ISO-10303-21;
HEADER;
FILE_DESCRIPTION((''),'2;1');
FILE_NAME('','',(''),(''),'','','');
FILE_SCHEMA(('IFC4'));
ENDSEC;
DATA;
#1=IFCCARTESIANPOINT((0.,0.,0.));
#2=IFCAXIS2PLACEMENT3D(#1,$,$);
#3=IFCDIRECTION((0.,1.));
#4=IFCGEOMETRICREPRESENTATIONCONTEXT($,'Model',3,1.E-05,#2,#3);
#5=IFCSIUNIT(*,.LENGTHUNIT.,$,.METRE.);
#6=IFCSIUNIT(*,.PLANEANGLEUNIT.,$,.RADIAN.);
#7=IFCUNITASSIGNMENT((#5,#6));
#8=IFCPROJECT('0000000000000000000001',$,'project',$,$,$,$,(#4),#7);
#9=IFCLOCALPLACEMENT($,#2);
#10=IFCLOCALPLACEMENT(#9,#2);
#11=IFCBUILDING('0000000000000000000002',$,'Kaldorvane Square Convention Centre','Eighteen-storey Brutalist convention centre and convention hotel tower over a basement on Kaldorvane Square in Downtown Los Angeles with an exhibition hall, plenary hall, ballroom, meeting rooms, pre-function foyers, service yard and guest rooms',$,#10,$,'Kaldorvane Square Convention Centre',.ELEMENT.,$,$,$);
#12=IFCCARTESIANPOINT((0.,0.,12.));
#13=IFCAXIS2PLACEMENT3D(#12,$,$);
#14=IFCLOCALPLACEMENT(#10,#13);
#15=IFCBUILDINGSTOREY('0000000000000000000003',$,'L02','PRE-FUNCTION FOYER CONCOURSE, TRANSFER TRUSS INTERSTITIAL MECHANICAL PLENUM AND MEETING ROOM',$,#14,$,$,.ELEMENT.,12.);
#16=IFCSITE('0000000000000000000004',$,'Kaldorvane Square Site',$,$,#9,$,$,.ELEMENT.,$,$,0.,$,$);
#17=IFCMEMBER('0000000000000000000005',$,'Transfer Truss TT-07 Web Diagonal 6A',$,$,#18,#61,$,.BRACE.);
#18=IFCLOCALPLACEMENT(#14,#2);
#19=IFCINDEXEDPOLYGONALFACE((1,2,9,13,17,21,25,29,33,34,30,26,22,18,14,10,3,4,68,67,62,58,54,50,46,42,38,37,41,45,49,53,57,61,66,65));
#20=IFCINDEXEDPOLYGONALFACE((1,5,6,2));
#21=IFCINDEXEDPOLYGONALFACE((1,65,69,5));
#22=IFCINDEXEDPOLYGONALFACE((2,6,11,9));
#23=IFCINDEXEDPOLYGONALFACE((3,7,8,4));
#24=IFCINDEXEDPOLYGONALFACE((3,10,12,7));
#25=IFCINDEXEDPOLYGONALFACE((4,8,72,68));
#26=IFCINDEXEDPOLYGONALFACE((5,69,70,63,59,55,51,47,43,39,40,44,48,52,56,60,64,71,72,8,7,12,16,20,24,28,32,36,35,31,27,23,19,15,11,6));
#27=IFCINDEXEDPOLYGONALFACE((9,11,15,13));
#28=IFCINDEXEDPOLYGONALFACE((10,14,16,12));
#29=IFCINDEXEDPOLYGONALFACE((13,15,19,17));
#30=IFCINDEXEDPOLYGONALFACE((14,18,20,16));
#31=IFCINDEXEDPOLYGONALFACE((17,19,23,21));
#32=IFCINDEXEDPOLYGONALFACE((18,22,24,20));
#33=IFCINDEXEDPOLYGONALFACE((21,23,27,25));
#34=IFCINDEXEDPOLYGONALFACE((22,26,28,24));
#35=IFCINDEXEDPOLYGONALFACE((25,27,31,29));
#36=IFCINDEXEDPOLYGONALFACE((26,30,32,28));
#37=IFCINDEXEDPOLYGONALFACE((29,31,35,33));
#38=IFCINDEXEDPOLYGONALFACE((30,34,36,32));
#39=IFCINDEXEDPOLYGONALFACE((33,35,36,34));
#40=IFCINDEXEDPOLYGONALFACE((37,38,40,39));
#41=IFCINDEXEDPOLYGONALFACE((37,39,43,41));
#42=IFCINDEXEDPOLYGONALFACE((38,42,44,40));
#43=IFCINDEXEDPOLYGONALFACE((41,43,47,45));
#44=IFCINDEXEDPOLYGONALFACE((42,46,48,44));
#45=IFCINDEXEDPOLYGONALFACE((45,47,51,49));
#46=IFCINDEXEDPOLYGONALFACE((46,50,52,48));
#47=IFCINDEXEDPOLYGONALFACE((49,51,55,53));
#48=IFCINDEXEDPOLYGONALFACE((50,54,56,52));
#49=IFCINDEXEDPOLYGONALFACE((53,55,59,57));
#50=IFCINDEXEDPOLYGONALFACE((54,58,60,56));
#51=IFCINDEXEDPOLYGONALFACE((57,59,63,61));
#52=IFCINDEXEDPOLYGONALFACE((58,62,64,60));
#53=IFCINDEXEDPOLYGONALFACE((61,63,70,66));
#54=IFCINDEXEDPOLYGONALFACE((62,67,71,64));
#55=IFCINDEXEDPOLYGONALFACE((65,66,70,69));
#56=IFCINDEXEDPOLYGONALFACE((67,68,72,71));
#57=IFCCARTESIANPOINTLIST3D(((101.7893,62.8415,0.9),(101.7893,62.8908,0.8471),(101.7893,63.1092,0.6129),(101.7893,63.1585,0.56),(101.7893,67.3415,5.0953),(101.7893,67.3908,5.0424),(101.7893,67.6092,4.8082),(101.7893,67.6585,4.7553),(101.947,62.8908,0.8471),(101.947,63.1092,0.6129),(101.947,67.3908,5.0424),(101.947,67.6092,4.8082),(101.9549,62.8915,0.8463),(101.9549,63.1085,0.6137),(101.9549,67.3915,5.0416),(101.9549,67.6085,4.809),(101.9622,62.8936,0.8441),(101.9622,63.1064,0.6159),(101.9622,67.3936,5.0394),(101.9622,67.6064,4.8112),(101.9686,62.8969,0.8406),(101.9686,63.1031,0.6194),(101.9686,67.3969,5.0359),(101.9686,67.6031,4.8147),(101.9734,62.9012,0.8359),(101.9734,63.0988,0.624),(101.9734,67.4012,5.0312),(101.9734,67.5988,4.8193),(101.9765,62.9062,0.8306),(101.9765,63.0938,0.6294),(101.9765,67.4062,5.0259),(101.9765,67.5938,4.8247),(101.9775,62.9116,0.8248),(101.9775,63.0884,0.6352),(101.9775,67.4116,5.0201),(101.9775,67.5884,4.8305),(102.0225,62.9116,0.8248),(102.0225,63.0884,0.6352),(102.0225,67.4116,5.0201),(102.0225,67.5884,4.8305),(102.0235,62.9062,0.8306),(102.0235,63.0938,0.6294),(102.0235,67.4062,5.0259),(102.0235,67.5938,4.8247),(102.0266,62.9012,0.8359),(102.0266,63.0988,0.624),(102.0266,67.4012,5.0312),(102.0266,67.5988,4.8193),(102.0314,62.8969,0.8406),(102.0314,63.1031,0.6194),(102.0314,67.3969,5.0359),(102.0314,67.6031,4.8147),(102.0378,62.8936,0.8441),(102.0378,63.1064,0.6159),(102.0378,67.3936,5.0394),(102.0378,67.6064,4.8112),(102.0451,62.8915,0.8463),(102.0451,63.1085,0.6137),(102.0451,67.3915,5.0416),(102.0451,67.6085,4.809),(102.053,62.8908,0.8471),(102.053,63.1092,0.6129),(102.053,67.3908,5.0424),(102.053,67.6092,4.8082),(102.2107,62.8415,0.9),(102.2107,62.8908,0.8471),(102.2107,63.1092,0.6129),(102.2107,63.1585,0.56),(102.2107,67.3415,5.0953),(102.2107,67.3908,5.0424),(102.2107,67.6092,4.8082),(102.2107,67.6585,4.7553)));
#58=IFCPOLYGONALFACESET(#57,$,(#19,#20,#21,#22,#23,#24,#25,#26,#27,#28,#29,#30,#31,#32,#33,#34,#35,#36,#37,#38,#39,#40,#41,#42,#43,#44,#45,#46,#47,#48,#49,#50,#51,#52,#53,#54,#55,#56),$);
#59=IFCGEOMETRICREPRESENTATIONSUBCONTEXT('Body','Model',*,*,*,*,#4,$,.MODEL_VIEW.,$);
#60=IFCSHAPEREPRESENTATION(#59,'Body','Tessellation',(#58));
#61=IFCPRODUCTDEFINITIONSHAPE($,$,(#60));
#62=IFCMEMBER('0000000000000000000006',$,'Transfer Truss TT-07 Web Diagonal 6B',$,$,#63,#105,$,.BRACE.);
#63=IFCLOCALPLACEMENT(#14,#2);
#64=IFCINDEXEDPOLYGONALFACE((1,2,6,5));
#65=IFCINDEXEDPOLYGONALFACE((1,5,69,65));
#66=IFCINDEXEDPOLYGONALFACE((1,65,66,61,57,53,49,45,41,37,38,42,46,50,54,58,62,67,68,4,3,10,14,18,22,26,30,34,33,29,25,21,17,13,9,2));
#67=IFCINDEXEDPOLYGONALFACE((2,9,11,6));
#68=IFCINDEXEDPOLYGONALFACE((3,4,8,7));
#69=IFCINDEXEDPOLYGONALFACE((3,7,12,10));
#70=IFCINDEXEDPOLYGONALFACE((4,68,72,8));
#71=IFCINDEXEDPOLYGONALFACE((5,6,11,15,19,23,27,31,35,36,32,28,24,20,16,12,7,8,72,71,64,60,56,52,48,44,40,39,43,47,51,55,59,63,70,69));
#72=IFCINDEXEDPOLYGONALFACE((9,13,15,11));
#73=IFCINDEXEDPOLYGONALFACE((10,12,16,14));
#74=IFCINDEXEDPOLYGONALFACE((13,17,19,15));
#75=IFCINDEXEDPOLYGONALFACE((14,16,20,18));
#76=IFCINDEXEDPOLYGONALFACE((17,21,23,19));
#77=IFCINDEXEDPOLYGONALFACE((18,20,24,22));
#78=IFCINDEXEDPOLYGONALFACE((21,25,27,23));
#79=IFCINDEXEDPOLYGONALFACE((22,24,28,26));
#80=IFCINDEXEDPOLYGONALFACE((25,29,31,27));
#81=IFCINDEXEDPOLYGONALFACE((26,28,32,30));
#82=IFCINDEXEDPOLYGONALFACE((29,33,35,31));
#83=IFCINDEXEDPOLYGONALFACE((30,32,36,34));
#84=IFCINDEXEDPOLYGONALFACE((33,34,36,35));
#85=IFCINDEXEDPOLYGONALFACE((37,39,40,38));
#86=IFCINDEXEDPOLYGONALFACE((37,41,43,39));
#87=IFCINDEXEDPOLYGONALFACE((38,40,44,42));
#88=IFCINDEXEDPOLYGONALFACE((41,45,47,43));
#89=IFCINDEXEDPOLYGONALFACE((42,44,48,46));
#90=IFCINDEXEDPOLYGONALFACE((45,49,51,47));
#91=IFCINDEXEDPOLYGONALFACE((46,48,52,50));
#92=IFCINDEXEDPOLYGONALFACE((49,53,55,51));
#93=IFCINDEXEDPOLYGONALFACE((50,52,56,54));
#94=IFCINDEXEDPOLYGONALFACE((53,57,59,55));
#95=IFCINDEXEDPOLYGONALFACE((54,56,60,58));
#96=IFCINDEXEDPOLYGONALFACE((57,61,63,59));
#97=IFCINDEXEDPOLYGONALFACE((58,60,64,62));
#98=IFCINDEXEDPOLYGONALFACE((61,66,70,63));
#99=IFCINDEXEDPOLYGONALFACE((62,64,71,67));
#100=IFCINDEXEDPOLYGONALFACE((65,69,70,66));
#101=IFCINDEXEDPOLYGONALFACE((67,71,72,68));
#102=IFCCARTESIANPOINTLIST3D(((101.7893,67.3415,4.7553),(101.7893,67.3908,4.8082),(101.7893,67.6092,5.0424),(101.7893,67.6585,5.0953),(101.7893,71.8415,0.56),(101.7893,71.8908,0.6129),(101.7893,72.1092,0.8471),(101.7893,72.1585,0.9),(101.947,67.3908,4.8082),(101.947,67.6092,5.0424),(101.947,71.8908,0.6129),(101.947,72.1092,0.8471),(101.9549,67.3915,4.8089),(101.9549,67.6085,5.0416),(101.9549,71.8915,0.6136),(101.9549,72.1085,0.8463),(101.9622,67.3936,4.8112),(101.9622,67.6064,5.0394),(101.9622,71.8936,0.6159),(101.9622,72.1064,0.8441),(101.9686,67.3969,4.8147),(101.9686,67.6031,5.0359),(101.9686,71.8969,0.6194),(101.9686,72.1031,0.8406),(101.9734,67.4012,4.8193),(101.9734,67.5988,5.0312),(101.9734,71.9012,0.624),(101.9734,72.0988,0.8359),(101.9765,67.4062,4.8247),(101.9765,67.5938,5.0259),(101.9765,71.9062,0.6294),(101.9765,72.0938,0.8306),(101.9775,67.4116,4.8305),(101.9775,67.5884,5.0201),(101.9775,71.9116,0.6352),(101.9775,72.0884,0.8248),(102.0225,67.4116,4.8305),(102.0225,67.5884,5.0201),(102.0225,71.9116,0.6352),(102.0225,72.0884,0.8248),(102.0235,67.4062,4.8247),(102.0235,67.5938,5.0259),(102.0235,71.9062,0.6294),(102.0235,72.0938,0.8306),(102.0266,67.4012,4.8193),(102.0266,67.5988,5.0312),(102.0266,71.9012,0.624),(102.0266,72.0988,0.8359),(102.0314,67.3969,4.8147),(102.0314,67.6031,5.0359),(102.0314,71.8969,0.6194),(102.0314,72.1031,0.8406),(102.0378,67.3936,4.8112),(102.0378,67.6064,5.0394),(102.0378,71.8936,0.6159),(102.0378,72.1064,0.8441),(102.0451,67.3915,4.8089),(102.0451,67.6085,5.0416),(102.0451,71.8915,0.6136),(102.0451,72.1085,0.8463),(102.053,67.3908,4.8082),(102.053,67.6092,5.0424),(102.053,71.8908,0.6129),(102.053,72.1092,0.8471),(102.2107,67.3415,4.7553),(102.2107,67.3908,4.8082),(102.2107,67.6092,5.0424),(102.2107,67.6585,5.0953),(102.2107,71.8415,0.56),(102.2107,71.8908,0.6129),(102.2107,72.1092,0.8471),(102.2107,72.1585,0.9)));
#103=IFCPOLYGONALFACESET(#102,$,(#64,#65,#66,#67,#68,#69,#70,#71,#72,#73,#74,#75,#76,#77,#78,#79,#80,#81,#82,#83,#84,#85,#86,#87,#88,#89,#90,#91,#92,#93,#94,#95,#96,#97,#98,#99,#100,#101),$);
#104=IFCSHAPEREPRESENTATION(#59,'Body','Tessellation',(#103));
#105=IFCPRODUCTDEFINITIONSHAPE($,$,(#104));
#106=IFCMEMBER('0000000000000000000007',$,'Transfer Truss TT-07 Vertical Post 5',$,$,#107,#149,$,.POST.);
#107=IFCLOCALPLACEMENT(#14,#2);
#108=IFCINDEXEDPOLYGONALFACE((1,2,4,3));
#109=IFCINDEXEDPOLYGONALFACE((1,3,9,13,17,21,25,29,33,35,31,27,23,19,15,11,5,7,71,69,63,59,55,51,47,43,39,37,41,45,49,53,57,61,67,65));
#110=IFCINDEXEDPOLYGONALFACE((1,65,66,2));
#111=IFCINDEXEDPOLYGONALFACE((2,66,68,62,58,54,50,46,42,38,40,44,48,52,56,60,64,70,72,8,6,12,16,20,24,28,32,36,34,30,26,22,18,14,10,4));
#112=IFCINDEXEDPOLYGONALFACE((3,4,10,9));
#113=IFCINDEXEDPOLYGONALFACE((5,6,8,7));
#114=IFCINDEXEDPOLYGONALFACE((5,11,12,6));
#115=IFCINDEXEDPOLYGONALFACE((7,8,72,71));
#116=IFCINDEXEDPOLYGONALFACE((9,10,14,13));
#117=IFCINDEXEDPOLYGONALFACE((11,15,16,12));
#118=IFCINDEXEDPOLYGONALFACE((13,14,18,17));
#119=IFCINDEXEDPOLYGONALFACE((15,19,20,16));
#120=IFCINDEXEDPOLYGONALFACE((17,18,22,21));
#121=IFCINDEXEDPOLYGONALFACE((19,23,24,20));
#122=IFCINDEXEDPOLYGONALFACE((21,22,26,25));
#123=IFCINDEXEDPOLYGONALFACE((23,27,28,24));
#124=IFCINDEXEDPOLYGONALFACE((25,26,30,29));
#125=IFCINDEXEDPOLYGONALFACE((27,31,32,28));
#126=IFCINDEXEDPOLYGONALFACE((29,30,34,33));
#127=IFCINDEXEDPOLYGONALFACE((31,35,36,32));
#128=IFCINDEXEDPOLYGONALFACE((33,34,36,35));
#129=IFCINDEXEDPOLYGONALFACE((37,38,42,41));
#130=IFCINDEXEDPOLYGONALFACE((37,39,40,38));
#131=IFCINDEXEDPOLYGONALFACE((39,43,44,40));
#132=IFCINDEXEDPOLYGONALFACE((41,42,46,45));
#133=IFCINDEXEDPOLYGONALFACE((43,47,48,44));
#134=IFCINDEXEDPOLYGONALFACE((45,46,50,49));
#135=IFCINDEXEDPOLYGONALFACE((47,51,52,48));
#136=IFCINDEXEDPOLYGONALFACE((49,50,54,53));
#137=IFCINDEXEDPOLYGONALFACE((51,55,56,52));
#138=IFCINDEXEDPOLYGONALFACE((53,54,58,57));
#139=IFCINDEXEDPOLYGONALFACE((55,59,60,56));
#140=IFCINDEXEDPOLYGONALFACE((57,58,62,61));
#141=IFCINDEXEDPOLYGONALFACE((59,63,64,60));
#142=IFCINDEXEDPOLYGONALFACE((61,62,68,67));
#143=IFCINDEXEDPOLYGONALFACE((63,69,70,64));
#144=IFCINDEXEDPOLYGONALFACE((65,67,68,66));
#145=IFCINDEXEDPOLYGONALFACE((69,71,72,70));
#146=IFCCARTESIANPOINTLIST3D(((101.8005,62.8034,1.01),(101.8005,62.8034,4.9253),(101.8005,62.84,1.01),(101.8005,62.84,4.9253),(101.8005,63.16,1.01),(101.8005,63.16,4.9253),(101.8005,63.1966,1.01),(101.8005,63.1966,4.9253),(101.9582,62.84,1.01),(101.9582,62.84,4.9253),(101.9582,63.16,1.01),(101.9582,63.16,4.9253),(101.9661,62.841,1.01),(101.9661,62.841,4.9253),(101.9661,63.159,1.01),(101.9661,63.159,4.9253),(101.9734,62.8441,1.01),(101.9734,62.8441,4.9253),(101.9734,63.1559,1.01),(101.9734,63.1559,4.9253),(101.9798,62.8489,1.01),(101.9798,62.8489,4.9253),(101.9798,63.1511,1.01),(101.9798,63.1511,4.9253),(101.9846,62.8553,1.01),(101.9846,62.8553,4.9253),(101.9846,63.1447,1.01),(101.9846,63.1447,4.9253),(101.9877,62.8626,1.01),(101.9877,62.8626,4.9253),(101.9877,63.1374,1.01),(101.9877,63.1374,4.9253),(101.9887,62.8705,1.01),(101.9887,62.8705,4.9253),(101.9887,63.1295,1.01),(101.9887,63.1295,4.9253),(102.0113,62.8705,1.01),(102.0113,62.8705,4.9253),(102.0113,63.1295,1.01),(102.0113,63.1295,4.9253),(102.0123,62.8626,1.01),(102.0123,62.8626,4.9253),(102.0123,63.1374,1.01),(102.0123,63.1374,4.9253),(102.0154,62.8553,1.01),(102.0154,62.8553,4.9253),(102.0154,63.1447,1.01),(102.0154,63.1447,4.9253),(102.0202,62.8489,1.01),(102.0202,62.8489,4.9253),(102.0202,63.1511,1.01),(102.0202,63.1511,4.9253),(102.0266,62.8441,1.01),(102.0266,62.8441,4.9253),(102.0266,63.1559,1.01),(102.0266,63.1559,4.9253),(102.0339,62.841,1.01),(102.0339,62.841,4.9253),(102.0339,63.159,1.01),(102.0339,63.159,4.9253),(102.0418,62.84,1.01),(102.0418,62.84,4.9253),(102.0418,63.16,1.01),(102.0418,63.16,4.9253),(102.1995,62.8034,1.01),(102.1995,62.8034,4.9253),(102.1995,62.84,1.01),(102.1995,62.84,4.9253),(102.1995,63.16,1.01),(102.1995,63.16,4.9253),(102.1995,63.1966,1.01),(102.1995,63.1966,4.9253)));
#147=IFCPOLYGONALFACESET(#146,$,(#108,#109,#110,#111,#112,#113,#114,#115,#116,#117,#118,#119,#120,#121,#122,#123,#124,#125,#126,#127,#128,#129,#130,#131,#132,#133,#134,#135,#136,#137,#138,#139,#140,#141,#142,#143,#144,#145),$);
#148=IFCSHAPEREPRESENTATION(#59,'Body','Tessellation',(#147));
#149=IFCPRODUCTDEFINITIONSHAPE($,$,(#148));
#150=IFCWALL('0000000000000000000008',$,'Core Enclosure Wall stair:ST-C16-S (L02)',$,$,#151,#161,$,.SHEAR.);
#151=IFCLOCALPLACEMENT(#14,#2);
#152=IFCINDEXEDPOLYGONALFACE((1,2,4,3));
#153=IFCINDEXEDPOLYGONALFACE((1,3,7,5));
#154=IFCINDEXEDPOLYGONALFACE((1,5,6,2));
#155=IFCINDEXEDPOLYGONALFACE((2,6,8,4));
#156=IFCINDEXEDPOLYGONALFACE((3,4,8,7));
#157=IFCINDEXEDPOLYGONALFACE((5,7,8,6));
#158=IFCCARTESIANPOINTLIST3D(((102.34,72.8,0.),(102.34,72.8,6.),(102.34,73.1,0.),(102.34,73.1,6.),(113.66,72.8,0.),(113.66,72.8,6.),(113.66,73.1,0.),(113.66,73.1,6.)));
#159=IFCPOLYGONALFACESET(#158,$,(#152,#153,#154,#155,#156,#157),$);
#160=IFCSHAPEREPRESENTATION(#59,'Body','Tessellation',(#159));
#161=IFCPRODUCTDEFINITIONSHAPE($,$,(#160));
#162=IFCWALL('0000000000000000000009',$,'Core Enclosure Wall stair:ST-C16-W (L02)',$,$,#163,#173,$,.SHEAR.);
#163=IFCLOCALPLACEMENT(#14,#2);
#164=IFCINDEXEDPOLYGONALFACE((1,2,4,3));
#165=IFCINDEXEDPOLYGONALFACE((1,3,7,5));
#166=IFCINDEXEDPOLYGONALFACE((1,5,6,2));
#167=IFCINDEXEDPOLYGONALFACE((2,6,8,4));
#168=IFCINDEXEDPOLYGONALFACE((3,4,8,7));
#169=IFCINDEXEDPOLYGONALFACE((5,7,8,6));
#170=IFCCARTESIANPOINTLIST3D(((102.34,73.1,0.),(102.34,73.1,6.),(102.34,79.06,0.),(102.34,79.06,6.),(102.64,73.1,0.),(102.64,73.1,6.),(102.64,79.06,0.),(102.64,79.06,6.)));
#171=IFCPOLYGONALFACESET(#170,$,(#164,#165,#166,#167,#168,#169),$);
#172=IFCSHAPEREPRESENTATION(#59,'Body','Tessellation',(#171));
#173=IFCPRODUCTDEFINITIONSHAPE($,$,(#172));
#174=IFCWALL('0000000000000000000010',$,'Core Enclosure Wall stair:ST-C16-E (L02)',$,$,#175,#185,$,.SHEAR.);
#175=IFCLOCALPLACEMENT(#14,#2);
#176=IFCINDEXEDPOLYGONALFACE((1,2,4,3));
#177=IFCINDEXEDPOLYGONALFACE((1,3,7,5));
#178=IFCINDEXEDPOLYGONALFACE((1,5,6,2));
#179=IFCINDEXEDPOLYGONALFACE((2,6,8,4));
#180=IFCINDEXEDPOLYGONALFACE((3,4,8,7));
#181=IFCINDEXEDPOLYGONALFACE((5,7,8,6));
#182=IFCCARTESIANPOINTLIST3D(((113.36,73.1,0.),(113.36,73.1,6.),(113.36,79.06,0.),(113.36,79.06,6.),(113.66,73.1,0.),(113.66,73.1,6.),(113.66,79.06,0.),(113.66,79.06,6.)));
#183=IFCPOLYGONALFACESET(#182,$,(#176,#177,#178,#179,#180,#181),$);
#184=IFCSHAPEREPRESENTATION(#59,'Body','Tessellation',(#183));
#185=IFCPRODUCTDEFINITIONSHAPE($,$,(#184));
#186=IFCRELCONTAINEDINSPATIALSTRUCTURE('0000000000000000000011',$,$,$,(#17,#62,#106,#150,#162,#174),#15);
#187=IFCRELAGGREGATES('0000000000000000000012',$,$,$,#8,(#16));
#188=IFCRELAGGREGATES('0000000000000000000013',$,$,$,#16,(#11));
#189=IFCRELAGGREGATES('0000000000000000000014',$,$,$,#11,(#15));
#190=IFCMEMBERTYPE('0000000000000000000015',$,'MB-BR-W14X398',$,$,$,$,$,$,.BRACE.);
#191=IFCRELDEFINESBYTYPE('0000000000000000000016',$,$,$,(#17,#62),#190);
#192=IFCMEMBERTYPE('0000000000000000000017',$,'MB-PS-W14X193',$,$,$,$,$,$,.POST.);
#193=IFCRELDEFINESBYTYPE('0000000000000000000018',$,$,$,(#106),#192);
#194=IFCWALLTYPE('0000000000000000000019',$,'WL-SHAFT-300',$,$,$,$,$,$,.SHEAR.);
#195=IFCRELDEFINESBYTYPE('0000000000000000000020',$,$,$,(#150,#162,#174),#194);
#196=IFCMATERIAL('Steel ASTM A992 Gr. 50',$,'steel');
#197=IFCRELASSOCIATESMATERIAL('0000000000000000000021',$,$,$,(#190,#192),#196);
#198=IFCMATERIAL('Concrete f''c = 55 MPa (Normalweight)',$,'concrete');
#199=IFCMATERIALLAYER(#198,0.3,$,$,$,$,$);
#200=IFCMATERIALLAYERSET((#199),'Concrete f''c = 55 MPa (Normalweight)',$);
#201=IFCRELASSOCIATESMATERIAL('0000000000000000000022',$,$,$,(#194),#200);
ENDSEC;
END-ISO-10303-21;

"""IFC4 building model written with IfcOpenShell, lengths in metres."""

from ifc_helpers import new_model, si_unit, direction, frame, frame_2d, origin, origin_2d, place, context, subcontext, project, spatial, rectangle, i_section, extrude, material, layer, layer_set, material_profile, profile_set, type_object, element, save


model = new_model("IFC4")

# Units and contexts
model_context = context("Model", 3, precision=1e-05, world=origin(), true_north=direction((0.0, 1.0)))
body_context = subcontext(model_context, "Body", "Model", "MODEL_VIEW")
ifc_project = project(units=[si_unit("LENGTHUNIT", "METRE"), si_unit("PLANEANGLEUNIT", "RADIAN")], contexts=[model_context])

# Site, building, storey
site_placement = place(None, origin())
site = spatial("IfcSite", under=ifc_project, at=site_placement, Name="Kaldorvane Square Site", CompositionType="ELEMENT", RefElevation=0.0)
building_placement = place(site_placement, origin())
building = spatial("IfcBuilding", under=site, at=building_placement, Name="Kaldorvane Square Convention Centre", Description="Eighteen-storey Brutalist convention centre and convention hotel tower over a basement on Kaldorvane Square in Downtown Los Angeles with an exhibition hall, plenary hall, ballroom, meeting rooms, pre-function foyers, service yard and guest rooms", LongName="Kaldorvane Square Convention Centre", CompositionType="ELEMENT")
storey_placement = place(building_placement, frame((0.0, 0.0, 12.0)))
storey = spatial("IfcBuildingStorey", under=building, at=storey_placement, Name="L02", Description="PRE-FUNCTION FOYER CONCOURSE, TRANSFER TRUSS INTERSTITIAL MECHANICAL PLENUM AND MEETING ROOM", CompositionType="ELEMENT", Elevation=12.0)

# Shared definitions
ifc_material_1 = material(Name="Concrete f'c = 55 MPa (Normalweight)", Category="concrete")

# Shared definitions
ifc_material_2 = material(Name="Steel ASTM A992 Gr. 50", Category="steel")

# Members
ifc_material_profile_1 = material_profile(ifc_material_2, i_section(OverallWidth=0.4214, OverallDepth=0.4648, WebThickness=0.045, FlangeThickness=0.0723, FilletRadius=0.0305, at=origin_2d()), Name="W14X398")
ifc_profile_set_1 = profile_set([ifc_material_profile_1], Name="Steel ASTM A992 Gr. 50")
member_type_1 = type_object("IfcMemberType", Name="MB-BR-W14X398", PredefinedType="BRACE", material=ifc_profile_set_1)
for number, where, z_axis, x_axis, name in (
    (1, (102.0, 63.0, 0.73), (0.0, 0.731436, 0.68191), (-1.0, 0.0, 0.0), "Transfer Truss TT-07 Web Diagonal 6A"),
    (2, (102.0, 67.5, 4.9253), (0.0, 0.731436, -0.68191), (-1.0, 0.0, 0.0), "Transfer Truss TT-07 Web Diagonal 6B"),
):
    element("IfcMember", number, at=place(storey_placement, frame(where, z_axis=z_axis, x_axis=x_axis)), inside=storey, type_object=member_type_1, Name=name, PredefinedType="BRACE", context=body_context, shape_type="SweptSolid", body=[
        extrude(i_section(OverallWidth=0.4214, OverallDepth=0.4648, WebThickness=0.045, FlangeThickness=0.0723, FilletRadius=0.0305, at=origin_2d()), origin(), (0.0, 0.0, 1.0), 6.1523),
    ])
ifc_material_profile_2 = material_profile(ifc_material_2, i_section(OverallWidth=0.399, OverallDepth=0.3932, WebThickness=0.0226, FlangeThickness=0.0366, FilletRadius=0.0305, at=origin_2d()), Name="W14X193")
ifc_profile_set_2 = profile_set([ifc_material_profile_2], Name="Steel ASTM A992 Gr. 50")
member_type_2 = type_object("IfcMemberType", Name="MB-PS-W14X193", PredefinedType="POST", material=ifc_profile_set_2)
member_1_placement = place(storey_placement, frame((102.0, 63.0, 1.01), z_axis=(0.0, 0.0, 1.0), x_axis=(1.0, 0.0, 0.0)))
element("IfcMember", 3, at=member_1_placement, inside=storey, type_object=member_type_2, Name="Transfer Truss TT-07 Vertical Post 5", PredefinedType="POST", context=body_context, shape_type="SweptSolid", body=[
    extrude(i_section(OverallWidth=0.399, OverallDepth=0.3932, WebThickness=0.0226, FlangeThickness=0.0366, FilletRadius=0.0305, at=origin_2d()), origin(), (0.0, 0.0, 1.0), 3.9153),
])

# Walls
ifc_layer = layer(ifc_material_1, 0.3)
ifc_layer_set = layer_set([ifc_layer], Name="Concrete f'c = 55 MPa (Normalweight)")
wall_type = type_object("IfcWallType", Name="WL-SHAFT-300", PredefinedType="SHEAR", material=ifc_layer_set)
wall_placement = place(storey_placement, frame((102.34, 72.95, 0.0), z_axis=(0.0, 0.0, 1.0), x_axis=(1.0, 0.0, 0.0)))
element("IfcWall", 4, at=wall_placement, inside=storey, type_object=wall_type, Name="Core Enclosure Wall stair:ST-C16-S (L02)", PredefinedType="SHEAR", context=body_context, shape_type="SweptSolid", body=[
    extrude(rectangle(XDim=11.32, YDim=0.3, at=frame_2d((5.66, 0.0))), origin(), (0.0, 0.0, 1.0), 6.0),
])
for number, where, z_axis, x_axis, name in (
    (5, (102.49, 79.06, 0.0), (0.0, 0.0, 1.0), (0.0, -1.0, 0.0), "Core Enclosure Wall stair:ST-C16-W (L02)"),
    (6, (113.51, 73.1, 0.0), (0.0, 0.0, 1.0), (0.0, 1.0, 0.0), "Core Enclosure Wall stair:ST-C16-E (L02)"),
):
    element("IfcWall", number, at=place(storey_placement, frame(where, z_axis=z_axis, x_axis=x_axis)), inside=storey, type_object=wall_type, Name=name, PredefinedType="SHEAR", context=body_context, shape_type="SweptSolid", body=[
        extrude(rectangle(XDim=5.96, YDim=0.3, at=frame_2d((2.98, 0.0))), origin(), (0.0, 0.0, 1.0), 6.0),
    ])

save(model, "model.ifc")
